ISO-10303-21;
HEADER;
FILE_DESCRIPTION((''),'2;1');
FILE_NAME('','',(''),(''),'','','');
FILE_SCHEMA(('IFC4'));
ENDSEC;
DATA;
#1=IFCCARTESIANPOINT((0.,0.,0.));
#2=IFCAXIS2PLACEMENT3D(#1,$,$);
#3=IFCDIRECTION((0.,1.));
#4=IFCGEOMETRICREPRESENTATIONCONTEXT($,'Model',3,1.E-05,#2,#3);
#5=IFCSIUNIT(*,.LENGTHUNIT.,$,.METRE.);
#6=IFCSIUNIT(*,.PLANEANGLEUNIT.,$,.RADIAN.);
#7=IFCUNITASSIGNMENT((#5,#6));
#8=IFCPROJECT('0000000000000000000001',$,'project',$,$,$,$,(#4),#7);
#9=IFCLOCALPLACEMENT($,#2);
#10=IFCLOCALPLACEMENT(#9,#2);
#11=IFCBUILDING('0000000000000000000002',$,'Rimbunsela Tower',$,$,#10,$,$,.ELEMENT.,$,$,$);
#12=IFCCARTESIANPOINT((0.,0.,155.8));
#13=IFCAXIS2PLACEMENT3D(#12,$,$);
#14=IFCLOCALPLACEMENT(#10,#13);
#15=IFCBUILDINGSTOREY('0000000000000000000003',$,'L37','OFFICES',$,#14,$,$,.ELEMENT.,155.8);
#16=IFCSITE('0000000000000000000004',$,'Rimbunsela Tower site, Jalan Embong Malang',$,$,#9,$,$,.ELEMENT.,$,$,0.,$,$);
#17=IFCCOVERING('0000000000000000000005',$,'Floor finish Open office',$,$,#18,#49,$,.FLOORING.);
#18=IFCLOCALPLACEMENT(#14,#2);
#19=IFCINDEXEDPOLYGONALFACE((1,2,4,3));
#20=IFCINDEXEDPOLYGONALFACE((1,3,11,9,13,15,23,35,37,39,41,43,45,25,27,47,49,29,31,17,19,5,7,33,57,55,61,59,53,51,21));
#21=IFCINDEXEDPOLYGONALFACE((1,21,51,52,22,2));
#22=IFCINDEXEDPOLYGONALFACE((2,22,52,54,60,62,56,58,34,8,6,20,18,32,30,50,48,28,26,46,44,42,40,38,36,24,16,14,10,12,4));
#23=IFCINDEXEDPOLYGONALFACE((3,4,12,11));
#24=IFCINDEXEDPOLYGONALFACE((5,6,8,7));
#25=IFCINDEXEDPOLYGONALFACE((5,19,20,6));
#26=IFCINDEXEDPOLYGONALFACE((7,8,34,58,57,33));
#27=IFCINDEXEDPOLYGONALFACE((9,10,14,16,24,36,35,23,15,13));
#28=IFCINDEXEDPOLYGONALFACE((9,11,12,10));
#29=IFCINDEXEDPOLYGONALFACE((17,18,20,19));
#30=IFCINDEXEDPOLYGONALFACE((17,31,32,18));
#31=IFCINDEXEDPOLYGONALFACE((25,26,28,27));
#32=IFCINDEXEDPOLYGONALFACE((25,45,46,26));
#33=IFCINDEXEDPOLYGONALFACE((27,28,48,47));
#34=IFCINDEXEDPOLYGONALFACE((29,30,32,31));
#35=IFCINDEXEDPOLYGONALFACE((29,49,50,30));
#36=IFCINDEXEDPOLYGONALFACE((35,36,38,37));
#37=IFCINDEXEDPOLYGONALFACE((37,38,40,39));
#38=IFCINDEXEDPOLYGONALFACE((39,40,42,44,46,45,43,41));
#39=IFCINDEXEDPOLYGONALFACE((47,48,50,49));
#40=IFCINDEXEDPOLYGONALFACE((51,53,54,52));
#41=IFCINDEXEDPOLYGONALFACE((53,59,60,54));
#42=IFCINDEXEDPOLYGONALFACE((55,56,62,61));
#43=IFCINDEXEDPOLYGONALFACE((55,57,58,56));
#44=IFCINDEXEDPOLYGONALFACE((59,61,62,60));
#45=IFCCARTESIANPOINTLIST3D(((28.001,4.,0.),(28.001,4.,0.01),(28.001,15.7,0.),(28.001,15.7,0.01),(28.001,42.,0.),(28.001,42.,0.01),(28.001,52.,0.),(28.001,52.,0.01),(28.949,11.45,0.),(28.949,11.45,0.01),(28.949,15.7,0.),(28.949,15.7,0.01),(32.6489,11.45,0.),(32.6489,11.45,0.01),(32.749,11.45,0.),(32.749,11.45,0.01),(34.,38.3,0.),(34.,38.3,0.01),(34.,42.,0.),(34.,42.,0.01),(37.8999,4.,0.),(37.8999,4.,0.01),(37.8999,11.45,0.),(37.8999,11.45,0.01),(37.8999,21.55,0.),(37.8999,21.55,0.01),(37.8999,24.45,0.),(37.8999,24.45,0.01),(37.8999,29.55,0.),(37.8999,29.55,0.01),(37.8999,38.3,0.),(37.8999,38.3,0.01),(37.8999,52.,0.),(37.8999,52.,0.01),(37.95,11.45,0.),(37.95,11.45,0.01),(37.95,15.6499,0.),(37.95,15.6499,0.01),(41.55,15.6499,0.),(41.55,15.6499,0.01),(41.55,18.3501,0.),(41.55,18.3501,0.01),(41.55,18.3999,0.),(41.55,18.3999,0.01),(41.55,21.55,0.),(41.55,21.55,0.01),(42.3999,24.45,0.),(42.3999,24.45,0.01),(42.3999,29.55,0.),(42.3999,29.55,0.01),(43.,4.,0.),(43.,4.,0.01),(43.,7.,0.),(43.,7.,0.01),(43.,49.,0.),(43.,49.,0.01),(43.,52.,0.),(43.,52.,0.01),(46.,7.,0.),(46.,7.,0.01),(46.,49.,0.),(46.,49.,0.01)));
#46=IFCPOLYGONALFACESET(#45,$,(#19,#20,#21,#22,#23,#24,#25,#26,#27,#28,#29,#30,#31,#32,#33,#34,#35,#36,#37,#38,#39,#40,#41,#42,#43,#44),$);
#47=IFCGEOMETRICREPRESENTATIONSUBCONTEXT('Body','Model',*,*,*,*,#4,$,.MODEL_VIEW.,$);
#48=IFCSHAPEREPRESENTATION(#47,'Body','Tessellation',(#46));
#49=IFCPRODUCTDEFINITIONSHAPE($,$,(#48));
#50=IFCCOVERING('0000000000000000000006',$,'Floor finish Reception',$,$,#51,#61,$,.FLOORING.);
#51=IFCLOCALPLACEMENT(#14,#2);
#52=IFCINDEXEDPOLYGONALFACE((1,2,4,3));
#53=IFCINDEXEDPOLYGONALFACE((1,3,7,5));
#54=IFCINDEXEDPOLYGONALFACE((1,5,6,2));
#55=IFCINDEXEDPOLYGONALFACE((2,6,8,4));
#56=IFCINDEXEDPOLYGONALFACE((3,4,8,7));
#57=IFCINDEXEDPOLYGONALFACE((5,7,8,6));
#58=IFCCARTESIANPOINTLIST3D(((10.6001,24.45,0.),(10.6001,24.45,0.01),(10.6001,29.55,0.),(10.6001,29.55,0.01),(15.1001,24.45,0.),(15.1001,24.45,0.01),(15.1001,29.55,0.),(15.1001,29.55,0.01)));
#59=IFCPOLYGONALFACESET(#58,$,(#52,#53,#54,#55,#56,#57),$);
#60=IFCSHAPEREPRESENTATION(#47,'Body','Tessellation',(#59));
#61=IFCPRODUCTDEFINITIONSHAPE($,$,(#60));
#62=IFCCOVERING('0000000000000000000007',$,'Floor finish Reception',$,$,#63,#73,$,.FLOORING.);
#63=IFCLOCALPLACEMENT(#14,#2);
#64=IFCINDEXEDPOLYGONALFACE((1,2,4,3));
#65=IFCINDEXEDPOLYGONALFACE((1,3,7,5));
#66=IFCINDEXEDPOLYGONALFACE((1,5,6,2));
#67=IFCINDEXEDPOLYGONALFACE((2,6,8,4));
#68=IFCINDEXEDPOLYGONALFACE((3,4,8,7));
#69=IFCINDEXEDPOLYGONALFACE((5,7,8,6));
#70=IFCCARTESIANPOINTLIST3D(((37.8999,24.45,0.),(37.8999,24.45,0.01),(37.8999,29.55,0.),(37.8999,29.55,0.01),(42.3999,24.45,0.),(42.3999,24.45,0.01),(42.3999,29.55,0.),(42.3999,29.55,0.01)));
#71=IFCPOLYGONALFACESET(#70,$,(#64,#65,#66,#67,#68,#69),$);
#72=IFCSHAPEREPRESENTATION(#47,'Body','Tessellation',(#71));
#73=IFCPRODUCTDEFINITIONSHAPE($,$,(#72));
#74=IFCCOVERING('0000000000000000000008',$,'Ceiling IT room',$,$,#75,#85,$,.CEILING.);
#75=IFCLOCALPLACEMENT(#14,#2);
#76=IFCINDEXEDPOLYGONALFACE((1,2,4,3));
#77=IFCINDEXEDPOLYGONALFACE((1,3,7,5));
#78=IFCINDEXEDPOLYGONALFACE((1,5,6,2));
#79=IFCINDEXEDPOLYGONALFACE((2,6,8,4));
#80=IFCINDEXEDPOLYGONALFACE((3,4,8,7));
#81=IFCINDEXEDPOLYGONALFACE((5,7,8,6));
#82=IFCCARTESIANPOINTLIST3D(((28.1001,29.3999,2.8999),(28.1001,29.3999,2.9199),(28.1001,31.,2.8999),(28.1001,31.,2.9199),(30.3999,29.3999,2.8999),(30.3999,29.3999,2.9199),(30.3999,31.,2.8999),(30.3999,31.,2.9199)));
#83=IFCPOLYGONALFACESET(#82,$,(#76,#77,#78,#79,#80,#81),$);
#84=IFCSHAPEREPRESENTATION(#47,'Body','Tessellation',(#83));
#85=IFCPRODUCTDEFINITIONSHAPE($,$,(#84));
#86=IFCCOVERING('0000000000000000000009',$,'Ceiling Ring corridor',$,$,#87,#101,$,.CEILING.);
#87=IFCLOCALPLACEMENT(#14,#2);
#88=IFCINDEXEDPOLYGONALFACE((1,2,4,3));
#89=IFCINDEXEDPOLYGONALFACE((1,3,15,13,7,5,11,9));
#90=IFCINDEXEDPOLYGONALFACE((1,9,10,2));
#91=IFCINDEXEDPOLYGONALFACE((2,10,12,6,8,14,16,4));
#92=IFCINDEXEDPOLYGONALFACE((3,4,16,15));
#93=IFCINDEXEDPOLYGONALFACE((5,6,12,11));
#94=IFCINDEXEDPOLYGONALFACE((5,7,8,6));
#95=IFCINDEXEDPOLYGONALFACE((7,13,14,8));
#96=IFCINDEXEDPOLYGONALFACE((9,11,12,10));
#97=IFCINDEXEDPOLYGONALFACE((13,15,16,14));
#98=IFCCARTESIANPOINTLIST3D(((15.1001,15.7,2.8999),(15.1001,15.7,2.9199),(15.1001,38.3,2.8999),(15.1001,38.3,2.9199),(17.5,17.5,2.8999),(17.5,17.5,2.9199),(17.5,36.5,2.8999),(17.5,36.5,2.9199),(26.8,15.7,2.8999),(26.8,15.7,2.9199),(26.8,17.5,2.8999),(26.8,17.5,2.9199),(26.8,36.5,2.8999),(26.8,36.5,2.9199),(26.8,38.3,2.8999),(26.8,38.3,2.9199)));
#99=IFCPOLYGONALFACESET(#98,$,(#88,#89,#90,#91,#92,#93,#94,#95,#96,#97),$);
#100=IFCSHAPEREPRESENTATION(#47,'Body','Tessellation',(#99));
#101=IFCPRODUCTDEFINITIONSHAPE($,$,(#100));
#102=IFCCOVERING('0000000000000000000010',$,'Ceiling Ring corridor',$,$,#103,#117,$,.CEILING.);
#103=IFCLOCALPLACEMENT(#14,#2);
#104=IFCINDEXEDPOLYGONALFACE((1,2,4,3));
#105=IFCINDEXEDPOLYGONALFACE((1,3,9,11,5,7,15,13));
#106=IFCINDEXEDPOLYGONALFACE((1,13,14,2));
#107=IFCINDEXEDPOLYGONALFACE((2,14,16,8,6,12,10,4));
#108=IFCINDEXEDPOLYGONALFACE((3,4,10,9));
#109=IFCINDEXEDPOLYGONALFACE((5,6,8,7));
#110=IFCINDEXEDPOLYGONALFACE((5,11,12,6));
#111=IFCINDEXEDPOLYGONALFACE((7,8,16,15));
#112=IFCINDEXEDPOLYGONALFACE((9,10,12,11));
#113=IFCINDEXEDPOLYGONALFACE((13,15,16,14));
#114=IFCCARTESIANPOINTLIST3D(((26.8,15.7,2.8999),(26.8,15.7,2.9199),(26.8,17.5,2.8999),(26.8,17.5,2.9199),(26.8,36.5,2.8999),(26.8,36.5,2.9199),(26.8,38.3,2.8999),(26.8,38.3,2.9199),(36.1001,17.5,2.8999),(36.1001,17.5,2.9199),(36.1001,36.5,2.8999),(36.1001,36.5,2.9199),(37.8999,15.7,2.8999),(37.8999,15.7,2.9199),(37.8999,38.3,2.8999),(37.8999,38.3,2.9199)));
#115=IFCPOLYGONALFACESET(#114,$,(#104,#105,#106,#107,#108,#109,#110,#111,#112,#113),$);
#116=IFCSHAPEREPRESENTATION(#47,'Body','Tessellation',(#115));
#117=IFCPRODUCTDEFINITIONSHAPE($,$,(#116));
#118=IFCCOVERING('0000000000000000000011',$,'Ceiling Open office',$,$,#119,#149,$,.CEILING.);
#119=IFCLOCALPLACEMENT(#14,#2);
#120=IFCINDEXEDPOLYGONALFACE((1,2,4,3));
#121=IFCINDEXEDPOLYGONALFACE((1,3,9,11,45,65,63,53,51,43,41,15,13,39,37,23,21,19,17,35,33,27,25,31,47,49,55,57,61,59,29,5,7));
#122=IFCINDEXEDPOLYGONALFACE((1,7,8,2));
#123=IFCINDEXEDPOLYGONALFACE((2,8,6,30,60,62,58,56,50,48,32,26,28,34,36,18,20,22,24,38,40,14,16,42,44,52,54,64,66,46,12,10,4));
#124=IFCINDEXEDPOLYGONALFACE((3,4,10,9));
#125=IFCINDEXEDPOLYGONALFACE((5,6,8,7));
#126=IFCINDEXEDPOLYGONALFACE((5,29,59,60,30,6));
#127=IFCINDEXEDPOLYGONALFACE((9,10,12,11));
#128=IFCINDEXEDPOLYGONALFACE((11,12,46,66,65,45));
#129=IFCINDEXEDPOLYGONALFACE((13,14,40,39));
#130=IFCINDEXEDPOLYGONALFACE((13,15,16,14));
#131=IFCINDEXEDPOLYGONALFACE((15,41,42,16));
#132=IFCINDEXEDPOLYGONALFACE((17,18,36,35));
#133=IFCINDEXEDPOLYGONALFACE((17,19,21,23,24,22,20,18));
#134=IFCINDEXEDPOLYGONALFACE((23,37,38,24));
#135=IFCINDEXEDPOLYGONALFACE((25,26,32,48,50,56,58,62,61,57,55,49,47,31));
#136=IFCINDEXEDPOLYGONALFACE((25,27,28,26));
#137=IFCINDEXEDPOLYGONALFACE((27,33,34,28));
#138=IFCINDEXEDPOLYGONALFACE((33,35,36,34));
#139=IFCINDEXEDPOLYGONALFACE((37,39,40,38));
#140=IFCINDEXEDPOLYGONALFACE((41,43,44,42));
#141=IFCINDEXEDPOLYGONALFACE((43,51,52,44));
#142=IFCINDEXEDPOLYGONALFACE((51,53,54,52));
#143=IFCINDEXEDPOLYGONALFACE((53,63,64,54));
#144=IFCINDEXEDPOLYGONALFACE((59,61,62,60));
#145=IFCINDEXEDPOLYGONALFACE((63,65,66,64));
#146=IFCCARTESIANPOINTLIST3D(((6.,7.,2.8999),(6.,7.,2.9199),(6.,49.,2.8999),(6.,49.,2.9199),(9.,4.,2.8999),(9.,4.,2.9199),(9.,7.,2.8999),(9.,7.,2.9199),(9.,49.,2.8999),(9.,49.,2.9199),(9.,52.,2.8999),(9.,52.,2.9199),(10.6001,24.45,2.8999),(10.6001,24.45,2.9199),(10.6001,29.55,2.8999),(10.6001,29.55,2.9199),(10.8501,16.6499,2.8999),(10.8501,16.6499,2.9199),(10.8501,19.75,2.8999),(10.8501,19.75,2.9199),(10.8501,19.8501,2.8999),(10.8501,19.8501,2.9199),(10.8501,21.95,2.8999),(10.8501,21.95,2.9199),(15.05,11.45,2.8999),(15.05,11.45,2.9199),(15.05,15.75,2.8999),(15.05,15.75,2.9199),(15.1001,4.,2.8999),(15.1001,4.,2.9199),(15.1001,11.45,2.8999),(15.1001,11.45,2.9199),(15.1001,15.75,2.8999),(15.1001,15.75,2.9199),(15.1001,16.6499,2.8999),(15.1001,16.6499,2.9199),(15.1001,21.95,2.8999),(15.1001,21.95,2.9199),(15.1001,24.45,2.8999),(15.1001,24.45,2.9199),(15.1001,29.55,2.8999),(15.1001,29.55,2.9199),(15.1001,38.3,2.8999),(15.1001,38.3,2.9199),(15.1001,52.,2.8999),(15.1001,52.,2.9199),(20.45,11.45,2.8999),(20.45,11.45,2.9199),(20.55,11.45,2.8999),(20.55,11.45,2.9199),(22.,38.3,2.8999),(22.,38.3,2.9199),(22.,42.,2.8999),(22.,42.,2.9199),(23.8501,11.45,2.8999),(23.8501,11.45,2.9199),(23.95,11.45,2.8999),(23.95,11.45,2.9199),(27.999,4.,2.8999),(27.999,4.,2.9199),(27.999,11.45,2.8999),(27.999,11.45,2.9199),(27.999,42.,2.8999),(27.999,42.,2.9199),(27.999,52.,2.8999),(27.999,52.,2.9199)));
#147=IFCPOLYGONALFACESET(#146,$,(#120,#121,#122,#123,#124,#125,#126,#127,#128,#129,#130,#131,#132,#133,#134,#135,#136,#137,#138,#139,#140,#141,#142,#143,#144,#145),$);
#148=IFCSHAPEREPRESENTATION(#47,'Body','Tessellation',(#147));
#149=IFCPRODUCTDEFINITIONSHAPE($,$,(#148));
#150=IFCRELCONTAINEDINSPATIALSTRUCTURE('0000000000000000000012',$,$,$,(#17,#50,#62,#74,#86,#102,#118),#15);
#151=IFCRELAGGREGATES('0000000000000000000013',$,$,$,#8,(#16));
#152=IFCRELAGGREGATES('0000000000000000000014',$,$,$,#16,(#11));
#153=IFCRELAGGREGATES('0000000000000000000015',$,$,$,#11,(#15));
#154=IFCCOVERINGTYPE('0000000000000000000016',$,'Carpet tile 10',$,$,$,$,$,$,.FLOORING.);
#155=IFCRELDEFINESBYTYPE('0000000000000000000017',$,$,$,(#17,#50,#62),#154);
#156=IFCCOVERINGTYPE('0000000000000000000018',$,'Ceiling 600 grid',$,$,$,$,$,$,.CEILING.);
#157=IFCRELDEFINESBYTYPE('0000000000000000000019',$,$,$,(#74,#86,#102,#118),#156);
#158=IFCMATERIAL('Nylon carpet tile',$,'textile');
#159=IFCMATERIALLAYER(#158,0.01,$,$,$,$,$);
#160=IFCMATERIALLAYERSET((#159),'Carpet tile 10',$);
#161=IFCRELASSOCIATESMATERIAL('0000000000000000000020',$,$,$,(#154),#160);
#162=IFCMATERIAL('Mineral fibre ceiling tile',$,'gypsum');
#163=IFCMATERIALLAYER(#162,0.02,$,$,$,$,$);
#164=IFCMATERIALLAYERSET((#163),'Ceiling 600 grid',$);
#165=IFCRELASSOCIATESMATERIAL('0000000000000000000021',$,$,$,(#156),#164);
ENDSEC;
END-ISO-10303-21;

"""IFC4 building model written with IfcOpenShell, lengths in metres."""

from ifc_helpers import new_model, si_unit, direction, frame, origin, place, context, subcontext, project, spatial, polyline, outline, extrude, material, layer, layer_set, type_object, element, save


model = new_model("IFC4")

# Units and contexts
model_context = context("Model", 3, precision=1e-05, world=origin(), true_north=direction((0.0, 1.0)))
body_context = subcontext(model_context, "Body", "Model", "MODEL_VIEW")
ifc_project = project(units=[si_unit("LENGTHUNIT", "METRE"), si_unit("PLANEANGLEUNIT", "RADIAN")], contexts=[model_context])

# Site, building, storey
site_placement = place(None, origin())
site = spatial("IfcSite", under=ifc_project, at=site_placement, Name="Rimbunsela Tower site, Jalan Embong Malang", CompositionType="ELEMENT", RefElevation=0.0)
building_placement = place(site_placement, origin())
building = spatial("IfcBuilding", under=site, at=building_placement, Name="Rimbunsela Tower", CompositionType="ELEMENT")
storey_placement = place(building_placement, frame((0.0, 0.0, 155.8)))
storey = spatial("IfcBuildingStorey", under=building, at=storey_placement, Name="L37", Description="OFFICES", CompositionType="ELEMENT", Elevation=155.8)

# Coverings
ifc_material_1 = material(Name="Nylon carpet tile", Category="textile")
ifc_layer_1 = layer(ifc_material_1, 0.01)
ifc_layer_set_1 = layer_set([ifc_layer_1], Name="Carpet tile 10")
covering_type_1 = type_object("IfcCoveringType", Name="Carpet tile 10", PredefinedType="FLOORING", material=ifc_layer_set_1)
covering_1_placement = place(storey_placement, origin())
element("IfcCovering", 1, at=covering_1_placement, inside=storey, type_object=covering_type_1, Name="Floor finish Open office", PredefinedType="FLOORING", context=body_context, shape_type="SweptSolid", body=[
    extrude(outline(polyline([(28.001, 15.7), (28.949, 15.7), (28.949, 11.45), (32.6489, 11.45), (32.749, 11.45), (37.8999, 11.45), (37.95, 11.45), (37.95, 15.6499), (41.55, 15.6499), (41.55, 18.3501), (41.55, 18.3999), (41.55, 21.55), (37.8999, 21.55), (37.8999, 24.45), (42.3999, 24.45), (42.3999, 29.55), (37.8999, 29.55), (37.8999, 38.3), (34.0, 38.3), (34.0, 42.0), (28.001, 42.0), (28.001, 52.0), (37.8999, 52.0), (43.0, 52.0), (43.0, 49.0), (46.0, 49.0), (46.0, 7.0), (43.0, 7.0), (43.0, 4.0), (37.8999, 4.0), (28.001, 4.0), (28.001, 15.7)])), origin(), (0.0, 0.0, 1.0), 0.01),
])
covering_2_placement = place(storey_placement, origin())
element("IfcCovering", 2, at=covering_2_placement, inside=storey, type_object=covering_type_1, Name="Floor finish Reception", PredefinedType="FLOORING", context=body_context, shape_type="SweptSolid", body=[
    extrude(outline(polyline([(15.1001, 24.45), (15.1001, 29.55), (10.6001, 29.55), (10.6001, 24.45), (15.1001, 24.45)])), origin(), (0.0, 0.0, 1.0), 0.01),
])
covering_3_placement = place(storey_placement, origin())
element("IfcCovering", 3, at=covering_3_placement, inside=storey, type_object=covering_type_1, Name="Floor finish Reception", PredefinedType="FLOORING", context=body_context, shape_type="SweptSolid", body=[
    extrude(outline(polyline([(42.3999, 24.45), (42.3999, 29.55), (37.8999, 29.55), (37.8999, 24.45), (42.3999, 24.45)])), origin(), (0.0, 0.0, 1.0), 0.01),
])
ifc_material_2 = material(Name="Mineral fibre ceiling tile", Category="gypsum")
ifc_layer_2 = layer(ifc_material_2, 0.02)
ifc_layer_set_2 = layer_set([ifc_layer_2], Name="Ceiling 600 grid")
covering_type_2 = type_object("IfcCoveringType", Name="Ceiling 600 grid", PredefinedType="CEILING", material=ifc_layer_set_2)
covering_4_placement = place(storey_placement, frame((0.0, 0.0, 2.8999)))
element("IfcCovering", 4, at=covering_4_placement, inside=storey, type_object=covering_type_2, Name="Ceiling IT room", PredefinedType="CEILING", context=body_context, shape_type="SweptSolid", body=[
    extrude(outline(polyline([(30.3999, 29.3999), (30.3999, 31.0), (28.1001, 31.0), (28.1001, 29.3999), (30.3999, 29.3999)])), origin(), (0.0, 0.0, 1.0), 0.02),
])
covering_5_placement = place(storey_placement, frame((0.0, 0.0, 2.8999)))
element("IfcCovering", 5, at=covering_5_placement, inside=storey, type_object=covering_type_2, Name="Ceiling Ring corridor", PredefinedType="CEILING", context=body_context, shape_type="SweptSolid", body=[
    extrude(outline(polyline([(15.1001, 38.3), (26.8, 38.3), (26.8, 36.5), (17.5, 36.5), (17.5, 17.5), (26.8, 17.5), (26.8, 15.7), (15.1001, 15.7), (15.1001, 38.3)])), origin(), (0.0, 0.0, 1.0), 0.02),
])
covering_6_placement = place(storey_placement, frame((0.0, 0.0, 2.8999)))
element("IfcCovering", 6, at=covering_6_placement, inside=storey, type_object=covering_type_2, Name="Ceiling Ring corridor", PredefinedType="CEILING", context=body_context, shape_type="SweptSolid", body=[
    extrude(outline(polyline([(37.8999, 38.3), (37.8999, 15.7), (26.8, 15.7), (26.8, 17.5), (36.1001, 17.5), (36.1001, 36.5), (26.8, 36.5), (26.8, 38.3), (37.8999, 38.3)])), origin(), (0.0, 0.0, 1.0), 0.02),
])
covering_7_placement = place(storey_placement, frame((0.0, 0.0, 2.8999)))
element("IfcCovering", 7, at=covering_7_placement, inside=storey, type_object=covering_type_2, Name="Ceiling Open office", PredefinedType="CEILING", context=body_context, shape_type="SweptSolid", body=[
    extrude(outline(polyline([(20.55, 11.45), (23.8501, 11.45), (23.95, 11.45), (27.999, 11.45), (27.999, 4.0), (15.1001, 4.0), (9.0, 4.0), (9.0, 7.0), (6.0, 7.0), (6.0, 49.0), (9.0, 49.0), (9.0, 52.0), (15.1001, 52.0), (27.999, 52.0), (27.999, 42.0), (22.0, 42.0), (22.0, 38.3), (15.1001, 38.3), (15.1001, 29.55), (10.6001, 29.55), (10.6001, 24.45), (15.1001, 24.45), (15.1001, 21.95), (10.8501, 21.95), (10.8501, 19.8501), (10.8501, 19.75), (10.8501, 16.6499), (15.1001, 16.6499), (15.1001, 15.75), (15.05, 15.75), (15.05, 11.45), (15.1001, 11.45), (20.45, 11.45), (20.55, 11.45)])), origin(), (0.0, 0.0, 1.0), 0.02),
])

save(model, "model.ifc")
